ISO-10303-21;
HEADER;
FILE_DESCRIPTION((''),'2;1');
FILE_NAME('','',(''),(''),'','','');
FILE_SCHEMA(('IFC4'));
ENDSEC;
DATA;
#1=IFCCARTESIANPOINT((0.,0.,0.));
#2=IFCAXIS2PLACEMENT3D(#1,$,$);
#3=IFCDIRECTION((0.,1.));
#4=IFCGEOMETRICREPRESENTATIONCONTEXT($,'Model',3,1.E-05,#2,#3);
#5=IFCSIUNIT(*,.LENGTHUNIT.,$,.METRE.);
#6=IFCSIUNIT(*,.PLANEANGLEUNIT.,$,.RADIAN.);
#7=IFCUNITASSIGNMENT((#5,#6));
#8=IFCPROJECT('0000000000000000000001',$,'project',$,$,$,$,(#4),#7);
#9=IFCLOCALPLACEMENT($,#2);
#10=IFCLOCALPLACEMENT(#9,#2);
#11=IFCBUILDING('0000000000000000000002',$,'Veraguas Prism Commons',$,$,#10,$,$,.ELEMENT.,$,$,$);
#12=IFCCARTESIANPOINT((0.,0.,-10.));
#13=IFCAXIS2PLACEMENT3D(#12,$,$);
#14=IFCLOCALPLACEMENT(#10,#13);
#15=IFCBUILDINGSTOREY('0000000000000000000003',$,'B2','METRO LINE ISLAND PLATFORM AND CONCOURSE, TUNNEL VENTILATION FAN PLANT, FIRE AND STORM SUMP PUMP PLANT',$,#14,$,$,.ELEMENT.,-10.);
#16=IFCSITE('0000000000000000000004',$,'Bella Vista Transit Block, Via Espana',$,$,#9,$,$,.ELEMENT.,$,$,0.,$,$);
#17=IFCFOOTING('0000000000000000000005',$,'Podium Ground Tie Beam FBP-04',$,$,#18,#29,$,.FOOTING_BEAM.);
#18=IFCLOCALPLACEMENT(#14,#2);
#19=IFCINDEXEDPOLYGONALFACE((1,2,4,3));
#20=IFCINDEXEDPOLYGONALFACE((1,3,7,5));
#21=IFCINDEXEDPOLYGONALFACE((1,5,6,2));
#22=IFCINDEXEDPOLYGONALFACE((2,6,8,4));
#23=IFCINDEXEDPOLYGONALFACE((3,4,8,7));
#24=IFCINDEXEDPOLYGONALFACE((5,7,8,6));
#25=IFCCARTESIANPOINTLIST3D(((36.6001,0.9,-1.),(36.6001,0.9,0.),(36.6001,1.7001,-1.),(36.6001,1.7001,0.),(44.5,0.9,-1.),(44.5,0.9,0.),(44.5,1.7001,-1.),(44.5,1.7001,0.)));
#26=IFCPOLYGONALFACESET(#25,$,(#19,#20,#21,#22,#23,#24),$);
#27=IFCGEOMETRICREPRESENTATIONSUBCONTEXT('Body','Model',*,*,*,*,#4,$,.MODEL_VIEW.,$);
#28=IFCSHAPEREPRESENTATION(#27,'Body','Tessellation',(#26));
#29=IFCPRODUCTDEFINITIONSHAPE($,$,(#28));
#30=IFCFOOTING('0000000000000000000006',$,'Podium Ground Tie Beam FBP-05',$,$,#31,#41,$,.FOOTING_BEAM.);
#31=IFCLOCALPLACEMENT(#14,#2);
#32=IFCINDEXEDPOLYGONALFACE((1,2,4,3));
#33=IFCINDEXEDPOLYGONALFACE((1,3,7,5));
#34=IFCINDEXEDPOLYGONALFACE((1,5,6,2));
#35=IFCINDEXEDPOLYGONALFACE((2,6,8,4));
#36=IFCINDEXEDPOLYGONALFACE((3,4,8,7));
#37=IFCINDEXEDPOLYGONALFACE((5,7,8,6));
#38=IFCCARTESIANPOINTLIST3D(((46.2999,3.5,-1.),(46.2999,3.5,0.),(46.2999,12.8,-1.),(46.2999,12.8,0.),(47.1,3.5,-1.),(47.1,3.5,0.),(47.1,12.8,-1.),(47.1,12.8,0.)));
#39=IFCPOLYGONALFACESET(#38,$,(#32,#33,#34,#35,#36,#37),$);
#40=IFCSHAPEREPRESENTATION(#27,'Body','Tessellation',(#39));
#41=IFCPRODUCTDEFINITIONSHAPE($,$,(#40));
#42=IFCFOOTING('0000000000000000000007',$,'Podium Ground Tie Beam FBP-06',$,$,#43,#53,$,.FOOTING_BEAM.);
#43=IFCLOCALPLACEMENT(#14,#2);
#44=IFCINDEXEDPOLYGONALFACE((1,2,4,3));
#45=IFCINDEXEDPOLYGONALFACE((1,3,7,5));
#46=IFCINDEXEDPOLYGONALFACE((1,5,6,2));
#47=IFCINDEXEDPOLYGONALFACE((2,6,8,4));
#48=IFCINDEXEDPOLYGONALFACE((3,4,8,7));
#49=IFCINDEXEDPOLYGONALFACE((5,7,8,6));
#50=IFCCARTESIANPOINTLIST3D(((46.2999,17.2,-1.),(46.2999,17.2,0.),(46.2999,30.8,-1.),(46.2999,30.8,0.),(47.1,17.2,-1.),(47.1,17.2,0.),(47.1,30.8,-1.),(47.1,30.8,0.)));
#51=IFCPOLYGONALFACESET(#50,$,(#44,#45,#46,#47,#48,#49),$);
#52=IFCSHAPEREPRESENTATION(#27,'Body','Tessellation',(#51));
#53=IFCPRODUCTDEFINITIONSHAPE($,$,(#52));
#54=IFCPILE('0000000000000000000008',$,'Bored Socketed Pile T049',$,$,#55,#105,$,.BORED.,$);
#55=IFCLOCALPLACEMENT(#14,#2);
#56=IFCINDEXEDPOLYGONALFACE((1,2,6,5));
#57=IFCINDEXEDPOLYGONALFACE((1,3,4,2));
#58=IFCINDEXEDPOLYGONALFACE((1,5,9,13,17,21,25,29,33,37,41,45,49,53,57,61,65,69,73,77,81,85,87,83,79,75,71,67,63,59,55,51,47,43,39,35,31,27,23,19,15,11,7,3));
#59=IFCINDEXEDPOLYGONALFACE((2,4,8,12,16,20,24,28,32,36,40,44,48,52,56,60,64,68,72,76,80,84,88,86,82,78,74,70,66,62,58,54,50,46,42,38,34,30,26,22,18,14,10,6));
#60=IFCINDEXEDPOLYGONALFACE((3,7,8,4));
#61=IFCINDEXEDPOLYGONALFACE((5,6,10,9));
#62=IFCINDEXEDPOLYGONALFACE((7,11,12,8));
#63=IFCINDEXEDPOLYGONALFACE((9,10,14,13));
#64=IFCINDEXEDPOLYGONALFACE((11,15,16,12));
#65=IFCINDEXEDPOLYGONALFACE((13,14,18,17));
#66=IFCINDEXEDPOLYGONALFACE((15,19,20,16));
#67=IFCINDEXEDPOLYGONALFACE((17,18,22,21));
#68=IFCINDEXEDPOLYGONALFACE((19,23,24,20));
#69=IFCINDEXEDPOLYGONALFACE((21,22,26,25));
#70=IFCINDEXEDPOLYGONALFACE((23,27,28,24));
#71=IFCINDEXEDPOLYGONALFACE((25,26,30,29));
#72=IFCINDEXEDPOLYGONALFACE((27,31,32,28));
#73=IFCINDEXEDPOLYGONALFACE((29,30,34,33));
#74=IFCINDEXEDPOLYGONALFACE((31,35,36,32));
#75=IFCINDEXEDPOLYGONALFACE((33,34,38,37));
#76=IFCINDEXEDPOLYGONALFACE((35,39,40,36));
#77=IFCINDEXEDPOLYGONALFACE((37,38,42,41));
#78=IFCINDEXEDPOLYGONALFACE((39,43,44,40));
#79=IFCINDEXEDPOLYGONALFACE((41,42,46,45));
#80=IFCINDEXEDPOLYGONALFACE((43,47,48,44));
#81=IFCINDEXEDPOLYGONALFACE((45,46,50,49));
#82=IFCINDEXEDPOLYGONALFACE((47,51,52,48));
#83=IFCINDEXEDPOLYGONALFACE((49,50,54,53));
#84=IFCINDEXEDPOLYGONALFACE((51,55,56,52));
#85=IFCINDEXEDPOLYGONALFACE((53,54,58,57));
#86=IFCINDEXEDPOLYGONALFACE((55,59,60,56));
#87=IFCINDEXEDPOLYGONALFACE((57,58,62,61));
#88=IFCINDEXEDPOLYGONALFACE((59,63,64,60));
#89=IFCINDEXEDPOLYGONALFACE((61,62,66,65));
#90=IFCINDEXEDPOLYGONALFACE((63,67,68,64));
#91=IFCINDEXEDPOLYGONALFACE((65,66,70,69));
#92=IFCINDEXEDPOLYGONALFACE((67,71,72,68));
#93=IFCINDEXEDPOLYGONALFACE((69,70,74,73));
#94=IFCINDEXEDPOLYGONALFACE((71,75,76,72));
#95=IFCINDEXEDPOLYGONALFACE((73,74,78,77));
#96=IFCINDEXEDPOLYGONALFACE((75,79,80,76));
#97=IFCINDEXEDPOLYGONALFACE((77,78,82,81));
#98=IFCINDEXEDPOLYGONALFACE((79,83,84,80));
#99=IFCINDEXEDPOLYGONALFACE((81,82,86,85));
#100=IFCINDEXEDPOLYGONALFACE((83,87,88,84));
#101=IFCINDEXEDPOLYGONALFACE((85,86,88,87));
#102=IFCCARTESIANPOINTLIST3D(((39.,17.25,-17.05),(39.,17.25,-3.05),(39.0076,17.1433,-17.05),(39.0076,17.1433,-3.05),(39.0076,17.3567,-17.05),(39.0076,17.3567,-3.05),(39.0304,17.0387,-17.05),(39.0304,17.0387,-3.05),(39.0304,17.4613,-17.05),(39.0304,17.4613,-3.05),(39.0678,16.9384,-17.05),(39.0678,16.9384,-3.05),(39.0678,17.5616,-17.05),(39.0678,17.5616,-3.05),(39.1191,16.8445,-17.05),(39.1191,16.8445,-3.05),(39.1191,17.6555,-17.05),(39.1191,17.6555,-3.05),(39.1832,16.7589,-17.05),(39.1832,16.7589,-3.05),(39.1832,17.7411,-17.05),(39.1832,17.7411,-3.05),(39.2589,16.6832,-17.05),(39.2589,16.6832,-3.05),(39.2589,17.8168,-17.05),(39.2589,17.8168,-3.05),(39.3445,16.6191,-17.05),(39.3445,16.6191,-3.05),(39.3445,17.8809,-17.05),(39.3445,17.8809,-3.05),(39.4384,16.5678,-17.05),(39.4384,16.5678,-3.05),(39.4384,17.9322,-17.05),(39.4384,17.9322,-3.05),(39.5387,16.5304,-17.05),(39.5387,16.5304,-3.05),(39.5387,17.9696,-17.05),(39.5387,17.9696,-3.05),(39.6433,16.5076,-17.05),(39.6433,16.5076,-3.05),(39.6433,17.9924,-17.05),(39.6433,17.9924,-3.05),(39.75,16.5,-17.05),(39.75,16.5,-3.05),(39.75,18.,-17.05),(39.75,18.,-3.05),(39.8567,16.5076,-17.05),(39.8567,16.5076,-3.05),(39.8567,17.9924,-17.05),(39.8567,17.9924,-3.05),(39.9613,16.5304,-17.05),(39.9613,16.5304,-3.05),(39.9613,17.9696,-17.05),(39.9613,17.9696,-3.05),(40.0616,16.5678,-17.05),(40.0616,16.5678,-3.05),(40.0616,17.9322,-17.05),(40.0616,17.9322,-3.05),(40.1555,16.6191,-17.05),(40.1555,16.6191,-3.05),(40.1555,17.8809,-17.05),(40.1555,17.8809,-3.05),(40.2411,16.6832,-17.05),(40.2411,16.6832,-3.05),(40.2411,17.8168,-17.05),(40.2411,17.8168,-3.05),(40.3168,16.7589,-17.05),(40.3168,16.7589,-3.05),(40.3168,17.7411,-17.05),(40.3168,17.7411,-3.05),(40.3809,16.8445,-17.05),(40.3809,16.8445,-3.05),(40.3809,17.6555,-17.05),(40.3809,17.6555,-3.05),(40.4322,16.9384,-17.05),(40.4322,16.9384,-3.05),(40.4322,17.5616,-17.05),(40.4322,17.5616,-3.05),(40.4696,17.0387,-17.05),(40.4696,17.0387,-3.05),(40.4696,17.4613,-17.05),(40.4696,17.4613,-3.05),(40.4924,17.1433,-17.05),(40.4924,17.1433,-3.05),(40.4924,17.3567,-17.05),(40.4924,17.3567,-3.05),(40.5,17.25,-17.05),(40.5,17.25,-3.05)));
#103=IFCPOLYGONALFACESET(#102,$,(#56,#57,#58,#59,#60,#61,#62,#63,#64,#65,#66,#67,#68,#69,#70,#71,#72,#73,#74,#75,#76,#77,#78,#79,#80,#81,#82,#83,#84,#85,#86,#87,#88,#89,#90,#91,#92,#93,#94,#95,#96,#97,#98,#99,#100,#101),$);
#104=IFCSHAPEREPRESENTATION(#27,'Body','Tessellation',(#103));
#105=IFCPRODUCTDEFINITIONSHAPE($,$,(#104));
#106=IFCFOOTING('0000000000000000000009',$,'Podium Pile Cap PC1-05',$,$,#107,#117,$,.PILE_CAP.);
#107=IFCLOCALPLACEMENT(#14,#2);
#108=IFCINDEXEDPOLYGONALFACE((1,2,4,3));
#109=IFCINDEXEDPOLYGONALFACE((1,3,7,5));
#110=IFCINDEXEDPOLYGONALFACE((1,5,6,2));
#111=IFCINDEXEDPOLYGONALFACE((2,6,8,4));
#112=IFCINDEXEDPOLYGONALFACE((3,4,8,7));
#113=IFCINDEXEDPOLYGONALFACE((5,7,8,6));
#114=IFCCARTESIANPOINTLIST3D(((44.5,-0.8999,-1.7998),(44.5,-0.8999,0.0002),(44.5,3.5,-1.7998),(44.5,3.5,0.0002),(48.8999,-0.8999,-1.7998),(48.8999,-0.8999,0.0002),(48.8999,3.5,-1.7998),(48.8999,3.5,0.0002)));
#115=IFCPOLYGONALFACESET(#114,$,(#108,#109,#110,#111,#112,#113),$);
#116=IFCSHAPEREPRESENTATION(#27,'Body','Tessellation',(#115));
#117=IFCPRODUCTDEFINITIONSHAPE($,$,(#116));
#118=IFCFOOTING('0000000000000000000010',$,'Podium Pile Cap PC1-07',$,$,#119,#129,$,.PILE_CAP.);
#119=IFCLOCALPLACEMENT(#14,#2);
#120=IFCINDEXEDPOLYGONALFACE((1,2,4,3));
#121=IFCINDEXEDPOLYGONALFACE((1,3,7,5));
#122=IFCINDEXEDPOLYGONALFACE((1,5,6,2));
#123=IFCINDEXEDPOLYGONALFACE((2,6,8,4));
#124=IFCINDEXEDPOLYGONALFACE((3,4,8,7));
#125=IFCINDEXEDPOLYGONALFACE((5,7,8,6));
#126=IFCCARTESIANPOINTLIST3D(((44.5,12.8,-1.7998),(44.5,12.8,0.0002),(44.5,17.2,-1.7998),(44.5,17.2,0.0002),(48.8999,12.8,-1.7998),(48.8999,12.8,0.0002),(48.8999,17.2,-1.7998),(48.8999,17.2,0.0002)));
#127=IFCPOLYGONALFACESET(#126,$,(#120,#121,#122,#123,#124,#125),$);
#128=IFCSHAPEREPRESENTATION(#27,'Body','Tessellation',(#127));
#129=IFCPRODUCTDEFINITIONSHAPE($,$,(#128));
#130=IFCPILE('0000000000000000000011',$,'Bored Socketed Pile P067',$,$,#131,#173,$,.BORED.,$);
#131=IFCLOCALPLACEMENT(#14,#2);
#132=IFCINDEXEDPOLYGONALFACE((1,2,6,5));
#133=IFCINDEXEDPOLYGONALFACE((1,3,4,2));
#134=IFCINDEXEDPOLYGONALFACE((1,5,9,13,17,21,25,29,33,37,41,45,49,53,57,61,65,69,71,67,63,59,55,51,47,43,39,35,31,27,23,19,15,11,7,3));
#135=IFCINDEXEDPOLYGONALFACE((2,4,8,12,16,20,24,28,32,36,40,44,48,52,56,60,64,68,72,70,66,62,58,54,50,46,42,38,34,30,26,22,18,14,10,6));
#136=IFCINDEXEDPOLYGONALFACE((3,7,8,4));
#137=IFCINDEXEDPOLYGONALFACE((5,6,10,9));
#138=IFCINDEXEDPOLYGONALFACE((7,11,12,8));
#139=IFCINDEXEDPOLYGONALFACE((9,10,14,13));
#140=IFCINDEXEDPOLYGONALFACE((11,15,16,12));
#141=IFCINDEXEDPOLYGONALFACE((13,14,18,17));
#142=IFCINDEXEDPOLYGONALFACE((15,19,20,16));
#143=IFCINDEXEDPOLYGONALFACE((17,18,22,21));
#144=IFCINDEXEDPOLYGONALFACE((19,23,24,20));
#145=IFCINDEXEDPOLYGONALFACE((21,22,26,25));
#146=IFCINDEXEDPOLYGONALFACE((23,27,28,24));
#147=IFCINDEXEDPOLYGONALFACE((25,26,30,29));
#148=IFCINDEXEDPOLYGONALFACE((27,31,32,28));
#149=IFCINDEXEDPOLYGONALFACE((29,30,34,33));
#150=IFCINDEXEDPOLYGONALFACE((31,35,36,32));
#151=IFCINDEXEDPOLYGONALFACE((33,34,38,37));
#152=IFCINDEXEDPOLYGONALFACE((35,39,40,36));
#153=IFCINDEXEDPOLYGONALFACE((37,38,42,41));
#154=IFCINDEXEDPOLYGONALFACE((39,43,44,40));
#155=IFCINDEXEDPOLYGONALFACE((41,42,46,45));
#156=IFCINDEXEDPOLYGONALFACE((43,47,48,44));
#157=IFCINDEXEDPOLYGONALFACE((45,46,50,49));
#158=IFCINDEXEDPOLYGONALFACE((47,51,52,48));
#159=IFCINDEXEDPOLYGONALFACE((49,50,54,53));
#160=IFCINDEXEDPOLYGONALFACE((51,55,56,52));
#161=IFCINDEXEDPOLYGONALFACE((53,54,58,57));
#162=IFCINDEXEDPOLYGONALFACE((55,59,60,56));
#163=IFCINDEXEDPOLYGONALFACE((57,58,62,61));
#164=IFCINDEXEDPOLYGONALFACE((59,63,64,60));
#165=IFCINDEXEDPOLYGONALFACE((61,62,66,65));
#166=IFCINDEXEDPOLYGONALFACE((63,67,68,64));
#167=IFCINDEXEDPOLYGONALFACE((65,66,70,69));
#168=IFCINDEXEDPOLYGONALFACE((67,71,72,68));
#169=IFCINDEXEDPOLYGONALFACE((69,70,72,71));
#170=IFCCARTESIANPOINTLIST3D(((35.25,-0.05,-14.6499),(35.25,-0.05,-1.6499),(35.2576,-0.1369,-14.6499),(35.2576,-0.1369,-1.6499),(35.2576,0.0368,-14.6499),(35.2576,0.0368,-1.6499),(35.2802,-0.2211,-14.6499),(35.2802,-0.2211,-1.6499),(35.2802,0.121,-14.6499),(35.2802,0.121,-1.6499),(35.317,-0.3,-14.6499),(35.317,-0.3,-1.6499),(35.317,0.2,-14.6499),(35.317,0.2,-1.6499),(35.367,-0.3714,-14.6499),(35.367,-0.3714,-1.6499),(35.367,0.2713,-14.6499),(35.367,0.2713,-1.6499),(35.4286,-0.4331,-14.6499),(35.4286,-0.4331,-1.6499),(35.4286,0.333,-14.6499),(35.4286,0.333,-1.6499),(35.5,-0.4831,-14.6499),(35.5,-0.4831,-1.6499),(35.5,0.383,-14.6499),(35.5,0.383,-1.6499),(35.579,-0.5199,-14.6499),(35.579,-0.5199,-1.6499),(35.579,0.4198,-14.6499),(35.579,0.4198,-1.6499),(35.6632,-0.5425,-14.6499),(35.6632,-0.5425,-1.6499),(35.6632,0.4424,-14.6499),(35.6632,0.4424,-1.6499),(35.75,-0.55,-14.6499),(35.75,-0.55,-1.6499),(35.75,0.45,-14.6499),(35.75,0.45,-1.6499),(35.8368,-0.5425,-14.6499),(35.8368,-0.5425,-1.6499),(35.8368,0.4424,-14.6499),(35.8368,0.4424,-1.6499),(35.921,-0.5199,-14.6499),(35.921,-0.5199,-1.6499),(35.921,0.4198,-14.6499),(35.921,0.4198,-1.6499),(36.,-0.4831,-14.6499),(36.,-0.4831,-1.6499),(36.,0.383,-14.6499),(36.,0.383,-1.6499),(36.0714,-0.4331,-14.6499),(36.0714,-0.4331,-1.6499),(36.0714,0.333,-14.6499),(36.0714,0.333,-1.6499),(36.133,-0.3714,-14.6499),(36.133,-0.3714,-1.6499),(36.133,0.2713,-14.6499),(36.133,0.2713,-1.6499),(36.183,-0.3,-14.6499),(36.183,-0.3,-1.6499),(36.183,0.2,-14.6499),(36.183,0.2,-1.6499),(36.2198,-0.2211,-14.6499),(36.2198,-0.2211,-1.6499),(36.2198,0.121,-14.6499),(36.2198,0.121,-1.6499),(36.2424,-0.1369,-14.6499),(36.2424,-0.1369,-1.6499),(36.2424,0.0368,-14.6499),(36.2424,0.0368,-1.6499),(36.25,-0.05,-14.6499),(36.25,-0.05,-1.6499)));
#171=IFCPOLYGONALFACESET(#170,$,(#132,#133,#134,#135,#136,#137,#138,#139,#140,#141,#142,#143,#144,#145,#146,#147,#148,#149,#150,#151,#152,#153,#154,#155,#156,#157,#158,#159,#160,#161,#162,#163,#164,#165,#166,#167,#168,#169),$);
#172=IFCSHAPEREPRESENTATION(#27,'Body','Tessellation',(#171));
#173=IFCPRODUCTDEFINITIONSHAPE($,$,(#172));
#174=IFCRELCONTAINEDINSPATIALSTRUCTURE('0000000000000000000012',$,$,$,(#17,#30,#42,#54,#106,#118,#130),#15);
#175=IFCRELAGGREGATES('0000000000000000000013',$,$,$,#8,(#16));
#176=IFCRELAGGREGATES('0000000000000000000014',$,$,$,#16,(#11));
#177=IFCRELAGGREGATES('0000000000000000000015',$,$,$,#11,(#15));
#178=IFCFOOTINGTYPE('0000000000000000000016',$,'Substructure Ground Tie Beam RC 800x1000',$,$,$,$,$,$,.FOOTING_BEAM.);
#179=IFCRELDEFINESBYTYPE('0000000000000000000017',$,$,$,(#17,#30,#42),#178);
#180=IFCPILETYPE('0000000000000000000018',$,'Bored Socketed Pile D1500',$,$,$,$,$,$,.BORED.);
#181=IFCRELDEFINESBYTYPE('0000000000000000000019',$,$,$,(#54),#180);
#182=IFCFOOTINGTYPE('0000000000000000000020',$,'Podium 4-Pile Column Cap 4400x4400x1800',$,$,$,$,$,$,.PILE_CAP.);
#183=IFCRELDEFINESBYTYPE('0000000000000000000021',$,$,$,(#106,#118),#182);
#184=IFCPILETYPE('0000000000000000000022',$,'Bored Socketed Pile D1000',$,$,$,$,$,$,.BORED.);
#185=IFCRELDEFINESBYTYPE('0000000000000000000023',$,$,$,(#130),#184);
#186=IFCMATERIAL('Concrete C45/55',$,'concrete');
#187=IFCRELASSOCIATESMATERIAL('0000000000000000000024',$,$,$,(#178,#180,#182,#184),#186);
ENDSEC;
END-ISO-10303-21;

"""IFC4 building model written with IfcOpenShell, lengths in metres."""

from ifc_helpers import new_model, si_unit, direction, frame, origin, origin_2d, place, context, subcontext, project, spatial, rectangle, circle, extrude, source, transform, mapped, material, material_profile, profile_set, type_object, element, save


model = new_model("IFC4")

# Units and contexts
model_context = context("Model", 3, precision=1e-05, world=origin(), true_north=direction((0.0, 1.0)))
body_context = subcontext(model_context, "Body", "Model", "MODEL_VIEW")
ifc_project = project(units=[si_unit("LENGTHUNIT", "METRE"), si_unit("PLANEANGLEUNIT", "RADIAN")], contexts=[model_context])

# Site, building, storey
site_placement = place(None, origin())
site = spatial("IfcSite", under=ifc_project, at=site_placement, Name="Bella Vista Transit Block, Via Espana", CompositionType="ELEMENT", RefElevation=0.0)
building_placement = place(site_placement, origin())
building = spatial("IfcBuilding", under=site, at=building_placement, Name="Veraguas Prism Commons", CompositionType="ELEMENT")
storey_placement = place(building_placement, frame((0.0, 0.0, -10.0)))
storey = spatial("IfcBuildingStorey", under=building, at=storey_placement, Name="B2", Description="METRO LINE ISLAND PLATFORM AND CONCOURSE, TUNNEL VENTILATION FAN PLANT, FIRE AND STORM SUMP PUMP PLANT", CompositionType="ELEMENT", Elevation=-10.0)

# Footings
ifc_material_1 = material(Name="Concrete C45/55", Category="concrete")
ifc_material_profile_1 = material_profile(ifc_material_1, rectangle(XDim=0.8, YDim=1.0, at=origin_2d()), Name="RC800X1000")
ifc_profile_set_1 = profile_set([ifc_material_profile_1], Name="Concrete C45/55")
footing_type_1 = type_object("IfcFootingType", Name="Substructure Ground Tie Beam RC 800x1000", PredefinedType="FOOTING_BEAM", material=ifc_profile_set_1)
footing_1_placement = place(storey_placement, frame((36.6001, 1.3, -0.5), z_axis=(1.0, 0.0, 0.0), x_axis=(0.0, 1.0, 0.0)))
element("IfcFooting", 1, at=footing_1_placement, inside=storey, type_object=footing_type_1, Name="Podium Ground Tie Beam FBP-04", PredefinedType="FOOTING_BEAM", context=body_context, shape_type="SweptSolid", body=[
    extrude(rectangle(XDim=0.8, YDim=1.0, at=origin_2d()), origin(), (0.0, 0.0, 1.0), 7.8999),
])
footing_2_placement = place(storey_placement, frame((46.7, 3.5, -0.5), z_axis=(0.0, 1.0, 0.0), x_axis=(-1.0, 0.0, 0.0)))
element("IfcFooting", 2, at=footing_2_placement, inside=storey, type_object=footing_type_1, Name="Podium Ground Tie Beam FBP-05", PredefinedType="FOOTING_BEAM", context=body_context, shape_type="SweptSolid", body=[
    extrude(rectangle(XDim=0.8, YDim=1.0, at=origin_2d()), origin(), (0.0, 0.0, 1.0), 9.3),
])
footing_3_placement = place(storey_placement, frame((46.7, 17.2, -0.5), z_axis=(0.0, 1.0, 0.0), x_axis=(-1.0, 0.0, 0.0)))
element("IfcFooting", 3, at=footing_3_placement, inside=storey, type_object=footing_type_1, Name="Podium Ground Tie Beam FBP-06", PredefinedType="FOOTING_BEAM", context=body_context, shape_type="SweptSolid", body=[
    extrude(rectangle(XDim=0.8, YDim=1.0, at=origin_2d()), origin(), (0.0, 0.0, 1.0), 13.6001),
])

# Pile
ifc_material_profile_2 = material_profile(ifc_material_1, circle(Radius=0.75, at=origin_2d()), Name="PILE1500")
ifc_profile_set_2 = profile_set([ifc_material_profile_2], Name="Concrete C45/55")
pile_type_1 = type_object("IfcPileType", Name="Bored Socketed Pile D1500", PredefinedType="BORED", material=ifc_profile_set_2)
shared_shape_1 = source(origin(), body_context, "Body", "SweptSolid", [
    extrude(circle(Radius=0.75, at=origin_2d()), origin(), (0.0, 0.0, 1.0), 14.0),
])
pile_placement = place(storey_placement, frame((39.75, 17.25, -3.05), z_axis=(0.0, 0.0, -1.0), x_axis=(1.0, 0.0, 0.0)))
element("IfcPile", 4, at=pile_placement, inside=storey, type_object=pile_type_1, Name="Bored Socketed Pile T049", PredefinedType="BORED", context=body_context, shape_type="MappedRepresentation", body=[
    mapped(shared_shape_1, transform((0.0, 0.0, 0.0), scale=1.0)),
])

# Footings
footing_type_2 = type_object("IfcFootingType", Name="Podium 4-Pile Column Cap 4400x4400x1800", PredefinedType="PILE_CAP", material=ifc_material_1)
shared_shape_2 = source(origin(), body_context, "Body", "SweptSolid", [
    extrude(rectangle(XDim=4.3999, YDim=4.3999, at=origin_2d()), origin(), (0.0, 0.0, 1.0), 1.8),
])
for number, where, z_axis, x_axis, name in (
    (5, (46.7, 1.3, -1.7998), (0.0, 0.0, 1.0), (1.0, 0.0, 0.0), "Podium Pile Cap PC1-05"),
    (6, (46.7, 15.0, -1.7998), (0.0, 0.0, 1.0), (1.0, 0.0, 0.0), "Podium Pile Cap PC1-07"),
):
    element("IfcFooting", number, at=place(storey_placement, frame(where, z_axis=z_axis, x_axis=x_axis)), inside=storey, type_object=footing_type_2, Name=name, PredefinedType="PILE_CAP", context=body_context, shape_type="MappedRepresentation", body=[
        mapped(shared_shape_2, transform((0.0, 0.0, 0.0), scale=1.0)),
    ])

# Pile
ifc_material_profile_3 = material_profile(ifc_material_1, circle(Radius=0.5, at=origin_2d()), Name="PILE1000")
ifc_profile_set_3 = profile_set([ifc_material_profile_3], Name="Concrete C45/55")
pile_type_2 = type_object("IfcPileType", Name="Bored Socketed Pile D1000", PredefinedType="BORED", material=ifc_profile_set_3)
shared_shape_3 = source(origin(), body_context, "Body", "SweptSolid", [
    extrude(circle(Radius=0.5, at=origin_2d()), origin(), (0.0, 0.0, 1.0), 13.0),
])
for number, where, z_axis, x_axis, name in (
    (7, (35.75, -0.05, -1.6499), (0.0, 0.0, -1.0), (1.0, 0.0, 0.0), "Bored Socketed Pile P067"),
):
    element("IfcPile", number, at=place(storey_placement, frame(where, z_axis=z_axis, x_axis=x_axis)), inside=storey, type_object=pile_type_2, Name=name, PredefinedType="BORED", context=body_context, shape_type="MappedRepresentation", body=[
        mapped(shared_shape_3, transform((0.0, 0.0, 0.0), scale=1.0)),
    ])

save(model, "model.ifc")
